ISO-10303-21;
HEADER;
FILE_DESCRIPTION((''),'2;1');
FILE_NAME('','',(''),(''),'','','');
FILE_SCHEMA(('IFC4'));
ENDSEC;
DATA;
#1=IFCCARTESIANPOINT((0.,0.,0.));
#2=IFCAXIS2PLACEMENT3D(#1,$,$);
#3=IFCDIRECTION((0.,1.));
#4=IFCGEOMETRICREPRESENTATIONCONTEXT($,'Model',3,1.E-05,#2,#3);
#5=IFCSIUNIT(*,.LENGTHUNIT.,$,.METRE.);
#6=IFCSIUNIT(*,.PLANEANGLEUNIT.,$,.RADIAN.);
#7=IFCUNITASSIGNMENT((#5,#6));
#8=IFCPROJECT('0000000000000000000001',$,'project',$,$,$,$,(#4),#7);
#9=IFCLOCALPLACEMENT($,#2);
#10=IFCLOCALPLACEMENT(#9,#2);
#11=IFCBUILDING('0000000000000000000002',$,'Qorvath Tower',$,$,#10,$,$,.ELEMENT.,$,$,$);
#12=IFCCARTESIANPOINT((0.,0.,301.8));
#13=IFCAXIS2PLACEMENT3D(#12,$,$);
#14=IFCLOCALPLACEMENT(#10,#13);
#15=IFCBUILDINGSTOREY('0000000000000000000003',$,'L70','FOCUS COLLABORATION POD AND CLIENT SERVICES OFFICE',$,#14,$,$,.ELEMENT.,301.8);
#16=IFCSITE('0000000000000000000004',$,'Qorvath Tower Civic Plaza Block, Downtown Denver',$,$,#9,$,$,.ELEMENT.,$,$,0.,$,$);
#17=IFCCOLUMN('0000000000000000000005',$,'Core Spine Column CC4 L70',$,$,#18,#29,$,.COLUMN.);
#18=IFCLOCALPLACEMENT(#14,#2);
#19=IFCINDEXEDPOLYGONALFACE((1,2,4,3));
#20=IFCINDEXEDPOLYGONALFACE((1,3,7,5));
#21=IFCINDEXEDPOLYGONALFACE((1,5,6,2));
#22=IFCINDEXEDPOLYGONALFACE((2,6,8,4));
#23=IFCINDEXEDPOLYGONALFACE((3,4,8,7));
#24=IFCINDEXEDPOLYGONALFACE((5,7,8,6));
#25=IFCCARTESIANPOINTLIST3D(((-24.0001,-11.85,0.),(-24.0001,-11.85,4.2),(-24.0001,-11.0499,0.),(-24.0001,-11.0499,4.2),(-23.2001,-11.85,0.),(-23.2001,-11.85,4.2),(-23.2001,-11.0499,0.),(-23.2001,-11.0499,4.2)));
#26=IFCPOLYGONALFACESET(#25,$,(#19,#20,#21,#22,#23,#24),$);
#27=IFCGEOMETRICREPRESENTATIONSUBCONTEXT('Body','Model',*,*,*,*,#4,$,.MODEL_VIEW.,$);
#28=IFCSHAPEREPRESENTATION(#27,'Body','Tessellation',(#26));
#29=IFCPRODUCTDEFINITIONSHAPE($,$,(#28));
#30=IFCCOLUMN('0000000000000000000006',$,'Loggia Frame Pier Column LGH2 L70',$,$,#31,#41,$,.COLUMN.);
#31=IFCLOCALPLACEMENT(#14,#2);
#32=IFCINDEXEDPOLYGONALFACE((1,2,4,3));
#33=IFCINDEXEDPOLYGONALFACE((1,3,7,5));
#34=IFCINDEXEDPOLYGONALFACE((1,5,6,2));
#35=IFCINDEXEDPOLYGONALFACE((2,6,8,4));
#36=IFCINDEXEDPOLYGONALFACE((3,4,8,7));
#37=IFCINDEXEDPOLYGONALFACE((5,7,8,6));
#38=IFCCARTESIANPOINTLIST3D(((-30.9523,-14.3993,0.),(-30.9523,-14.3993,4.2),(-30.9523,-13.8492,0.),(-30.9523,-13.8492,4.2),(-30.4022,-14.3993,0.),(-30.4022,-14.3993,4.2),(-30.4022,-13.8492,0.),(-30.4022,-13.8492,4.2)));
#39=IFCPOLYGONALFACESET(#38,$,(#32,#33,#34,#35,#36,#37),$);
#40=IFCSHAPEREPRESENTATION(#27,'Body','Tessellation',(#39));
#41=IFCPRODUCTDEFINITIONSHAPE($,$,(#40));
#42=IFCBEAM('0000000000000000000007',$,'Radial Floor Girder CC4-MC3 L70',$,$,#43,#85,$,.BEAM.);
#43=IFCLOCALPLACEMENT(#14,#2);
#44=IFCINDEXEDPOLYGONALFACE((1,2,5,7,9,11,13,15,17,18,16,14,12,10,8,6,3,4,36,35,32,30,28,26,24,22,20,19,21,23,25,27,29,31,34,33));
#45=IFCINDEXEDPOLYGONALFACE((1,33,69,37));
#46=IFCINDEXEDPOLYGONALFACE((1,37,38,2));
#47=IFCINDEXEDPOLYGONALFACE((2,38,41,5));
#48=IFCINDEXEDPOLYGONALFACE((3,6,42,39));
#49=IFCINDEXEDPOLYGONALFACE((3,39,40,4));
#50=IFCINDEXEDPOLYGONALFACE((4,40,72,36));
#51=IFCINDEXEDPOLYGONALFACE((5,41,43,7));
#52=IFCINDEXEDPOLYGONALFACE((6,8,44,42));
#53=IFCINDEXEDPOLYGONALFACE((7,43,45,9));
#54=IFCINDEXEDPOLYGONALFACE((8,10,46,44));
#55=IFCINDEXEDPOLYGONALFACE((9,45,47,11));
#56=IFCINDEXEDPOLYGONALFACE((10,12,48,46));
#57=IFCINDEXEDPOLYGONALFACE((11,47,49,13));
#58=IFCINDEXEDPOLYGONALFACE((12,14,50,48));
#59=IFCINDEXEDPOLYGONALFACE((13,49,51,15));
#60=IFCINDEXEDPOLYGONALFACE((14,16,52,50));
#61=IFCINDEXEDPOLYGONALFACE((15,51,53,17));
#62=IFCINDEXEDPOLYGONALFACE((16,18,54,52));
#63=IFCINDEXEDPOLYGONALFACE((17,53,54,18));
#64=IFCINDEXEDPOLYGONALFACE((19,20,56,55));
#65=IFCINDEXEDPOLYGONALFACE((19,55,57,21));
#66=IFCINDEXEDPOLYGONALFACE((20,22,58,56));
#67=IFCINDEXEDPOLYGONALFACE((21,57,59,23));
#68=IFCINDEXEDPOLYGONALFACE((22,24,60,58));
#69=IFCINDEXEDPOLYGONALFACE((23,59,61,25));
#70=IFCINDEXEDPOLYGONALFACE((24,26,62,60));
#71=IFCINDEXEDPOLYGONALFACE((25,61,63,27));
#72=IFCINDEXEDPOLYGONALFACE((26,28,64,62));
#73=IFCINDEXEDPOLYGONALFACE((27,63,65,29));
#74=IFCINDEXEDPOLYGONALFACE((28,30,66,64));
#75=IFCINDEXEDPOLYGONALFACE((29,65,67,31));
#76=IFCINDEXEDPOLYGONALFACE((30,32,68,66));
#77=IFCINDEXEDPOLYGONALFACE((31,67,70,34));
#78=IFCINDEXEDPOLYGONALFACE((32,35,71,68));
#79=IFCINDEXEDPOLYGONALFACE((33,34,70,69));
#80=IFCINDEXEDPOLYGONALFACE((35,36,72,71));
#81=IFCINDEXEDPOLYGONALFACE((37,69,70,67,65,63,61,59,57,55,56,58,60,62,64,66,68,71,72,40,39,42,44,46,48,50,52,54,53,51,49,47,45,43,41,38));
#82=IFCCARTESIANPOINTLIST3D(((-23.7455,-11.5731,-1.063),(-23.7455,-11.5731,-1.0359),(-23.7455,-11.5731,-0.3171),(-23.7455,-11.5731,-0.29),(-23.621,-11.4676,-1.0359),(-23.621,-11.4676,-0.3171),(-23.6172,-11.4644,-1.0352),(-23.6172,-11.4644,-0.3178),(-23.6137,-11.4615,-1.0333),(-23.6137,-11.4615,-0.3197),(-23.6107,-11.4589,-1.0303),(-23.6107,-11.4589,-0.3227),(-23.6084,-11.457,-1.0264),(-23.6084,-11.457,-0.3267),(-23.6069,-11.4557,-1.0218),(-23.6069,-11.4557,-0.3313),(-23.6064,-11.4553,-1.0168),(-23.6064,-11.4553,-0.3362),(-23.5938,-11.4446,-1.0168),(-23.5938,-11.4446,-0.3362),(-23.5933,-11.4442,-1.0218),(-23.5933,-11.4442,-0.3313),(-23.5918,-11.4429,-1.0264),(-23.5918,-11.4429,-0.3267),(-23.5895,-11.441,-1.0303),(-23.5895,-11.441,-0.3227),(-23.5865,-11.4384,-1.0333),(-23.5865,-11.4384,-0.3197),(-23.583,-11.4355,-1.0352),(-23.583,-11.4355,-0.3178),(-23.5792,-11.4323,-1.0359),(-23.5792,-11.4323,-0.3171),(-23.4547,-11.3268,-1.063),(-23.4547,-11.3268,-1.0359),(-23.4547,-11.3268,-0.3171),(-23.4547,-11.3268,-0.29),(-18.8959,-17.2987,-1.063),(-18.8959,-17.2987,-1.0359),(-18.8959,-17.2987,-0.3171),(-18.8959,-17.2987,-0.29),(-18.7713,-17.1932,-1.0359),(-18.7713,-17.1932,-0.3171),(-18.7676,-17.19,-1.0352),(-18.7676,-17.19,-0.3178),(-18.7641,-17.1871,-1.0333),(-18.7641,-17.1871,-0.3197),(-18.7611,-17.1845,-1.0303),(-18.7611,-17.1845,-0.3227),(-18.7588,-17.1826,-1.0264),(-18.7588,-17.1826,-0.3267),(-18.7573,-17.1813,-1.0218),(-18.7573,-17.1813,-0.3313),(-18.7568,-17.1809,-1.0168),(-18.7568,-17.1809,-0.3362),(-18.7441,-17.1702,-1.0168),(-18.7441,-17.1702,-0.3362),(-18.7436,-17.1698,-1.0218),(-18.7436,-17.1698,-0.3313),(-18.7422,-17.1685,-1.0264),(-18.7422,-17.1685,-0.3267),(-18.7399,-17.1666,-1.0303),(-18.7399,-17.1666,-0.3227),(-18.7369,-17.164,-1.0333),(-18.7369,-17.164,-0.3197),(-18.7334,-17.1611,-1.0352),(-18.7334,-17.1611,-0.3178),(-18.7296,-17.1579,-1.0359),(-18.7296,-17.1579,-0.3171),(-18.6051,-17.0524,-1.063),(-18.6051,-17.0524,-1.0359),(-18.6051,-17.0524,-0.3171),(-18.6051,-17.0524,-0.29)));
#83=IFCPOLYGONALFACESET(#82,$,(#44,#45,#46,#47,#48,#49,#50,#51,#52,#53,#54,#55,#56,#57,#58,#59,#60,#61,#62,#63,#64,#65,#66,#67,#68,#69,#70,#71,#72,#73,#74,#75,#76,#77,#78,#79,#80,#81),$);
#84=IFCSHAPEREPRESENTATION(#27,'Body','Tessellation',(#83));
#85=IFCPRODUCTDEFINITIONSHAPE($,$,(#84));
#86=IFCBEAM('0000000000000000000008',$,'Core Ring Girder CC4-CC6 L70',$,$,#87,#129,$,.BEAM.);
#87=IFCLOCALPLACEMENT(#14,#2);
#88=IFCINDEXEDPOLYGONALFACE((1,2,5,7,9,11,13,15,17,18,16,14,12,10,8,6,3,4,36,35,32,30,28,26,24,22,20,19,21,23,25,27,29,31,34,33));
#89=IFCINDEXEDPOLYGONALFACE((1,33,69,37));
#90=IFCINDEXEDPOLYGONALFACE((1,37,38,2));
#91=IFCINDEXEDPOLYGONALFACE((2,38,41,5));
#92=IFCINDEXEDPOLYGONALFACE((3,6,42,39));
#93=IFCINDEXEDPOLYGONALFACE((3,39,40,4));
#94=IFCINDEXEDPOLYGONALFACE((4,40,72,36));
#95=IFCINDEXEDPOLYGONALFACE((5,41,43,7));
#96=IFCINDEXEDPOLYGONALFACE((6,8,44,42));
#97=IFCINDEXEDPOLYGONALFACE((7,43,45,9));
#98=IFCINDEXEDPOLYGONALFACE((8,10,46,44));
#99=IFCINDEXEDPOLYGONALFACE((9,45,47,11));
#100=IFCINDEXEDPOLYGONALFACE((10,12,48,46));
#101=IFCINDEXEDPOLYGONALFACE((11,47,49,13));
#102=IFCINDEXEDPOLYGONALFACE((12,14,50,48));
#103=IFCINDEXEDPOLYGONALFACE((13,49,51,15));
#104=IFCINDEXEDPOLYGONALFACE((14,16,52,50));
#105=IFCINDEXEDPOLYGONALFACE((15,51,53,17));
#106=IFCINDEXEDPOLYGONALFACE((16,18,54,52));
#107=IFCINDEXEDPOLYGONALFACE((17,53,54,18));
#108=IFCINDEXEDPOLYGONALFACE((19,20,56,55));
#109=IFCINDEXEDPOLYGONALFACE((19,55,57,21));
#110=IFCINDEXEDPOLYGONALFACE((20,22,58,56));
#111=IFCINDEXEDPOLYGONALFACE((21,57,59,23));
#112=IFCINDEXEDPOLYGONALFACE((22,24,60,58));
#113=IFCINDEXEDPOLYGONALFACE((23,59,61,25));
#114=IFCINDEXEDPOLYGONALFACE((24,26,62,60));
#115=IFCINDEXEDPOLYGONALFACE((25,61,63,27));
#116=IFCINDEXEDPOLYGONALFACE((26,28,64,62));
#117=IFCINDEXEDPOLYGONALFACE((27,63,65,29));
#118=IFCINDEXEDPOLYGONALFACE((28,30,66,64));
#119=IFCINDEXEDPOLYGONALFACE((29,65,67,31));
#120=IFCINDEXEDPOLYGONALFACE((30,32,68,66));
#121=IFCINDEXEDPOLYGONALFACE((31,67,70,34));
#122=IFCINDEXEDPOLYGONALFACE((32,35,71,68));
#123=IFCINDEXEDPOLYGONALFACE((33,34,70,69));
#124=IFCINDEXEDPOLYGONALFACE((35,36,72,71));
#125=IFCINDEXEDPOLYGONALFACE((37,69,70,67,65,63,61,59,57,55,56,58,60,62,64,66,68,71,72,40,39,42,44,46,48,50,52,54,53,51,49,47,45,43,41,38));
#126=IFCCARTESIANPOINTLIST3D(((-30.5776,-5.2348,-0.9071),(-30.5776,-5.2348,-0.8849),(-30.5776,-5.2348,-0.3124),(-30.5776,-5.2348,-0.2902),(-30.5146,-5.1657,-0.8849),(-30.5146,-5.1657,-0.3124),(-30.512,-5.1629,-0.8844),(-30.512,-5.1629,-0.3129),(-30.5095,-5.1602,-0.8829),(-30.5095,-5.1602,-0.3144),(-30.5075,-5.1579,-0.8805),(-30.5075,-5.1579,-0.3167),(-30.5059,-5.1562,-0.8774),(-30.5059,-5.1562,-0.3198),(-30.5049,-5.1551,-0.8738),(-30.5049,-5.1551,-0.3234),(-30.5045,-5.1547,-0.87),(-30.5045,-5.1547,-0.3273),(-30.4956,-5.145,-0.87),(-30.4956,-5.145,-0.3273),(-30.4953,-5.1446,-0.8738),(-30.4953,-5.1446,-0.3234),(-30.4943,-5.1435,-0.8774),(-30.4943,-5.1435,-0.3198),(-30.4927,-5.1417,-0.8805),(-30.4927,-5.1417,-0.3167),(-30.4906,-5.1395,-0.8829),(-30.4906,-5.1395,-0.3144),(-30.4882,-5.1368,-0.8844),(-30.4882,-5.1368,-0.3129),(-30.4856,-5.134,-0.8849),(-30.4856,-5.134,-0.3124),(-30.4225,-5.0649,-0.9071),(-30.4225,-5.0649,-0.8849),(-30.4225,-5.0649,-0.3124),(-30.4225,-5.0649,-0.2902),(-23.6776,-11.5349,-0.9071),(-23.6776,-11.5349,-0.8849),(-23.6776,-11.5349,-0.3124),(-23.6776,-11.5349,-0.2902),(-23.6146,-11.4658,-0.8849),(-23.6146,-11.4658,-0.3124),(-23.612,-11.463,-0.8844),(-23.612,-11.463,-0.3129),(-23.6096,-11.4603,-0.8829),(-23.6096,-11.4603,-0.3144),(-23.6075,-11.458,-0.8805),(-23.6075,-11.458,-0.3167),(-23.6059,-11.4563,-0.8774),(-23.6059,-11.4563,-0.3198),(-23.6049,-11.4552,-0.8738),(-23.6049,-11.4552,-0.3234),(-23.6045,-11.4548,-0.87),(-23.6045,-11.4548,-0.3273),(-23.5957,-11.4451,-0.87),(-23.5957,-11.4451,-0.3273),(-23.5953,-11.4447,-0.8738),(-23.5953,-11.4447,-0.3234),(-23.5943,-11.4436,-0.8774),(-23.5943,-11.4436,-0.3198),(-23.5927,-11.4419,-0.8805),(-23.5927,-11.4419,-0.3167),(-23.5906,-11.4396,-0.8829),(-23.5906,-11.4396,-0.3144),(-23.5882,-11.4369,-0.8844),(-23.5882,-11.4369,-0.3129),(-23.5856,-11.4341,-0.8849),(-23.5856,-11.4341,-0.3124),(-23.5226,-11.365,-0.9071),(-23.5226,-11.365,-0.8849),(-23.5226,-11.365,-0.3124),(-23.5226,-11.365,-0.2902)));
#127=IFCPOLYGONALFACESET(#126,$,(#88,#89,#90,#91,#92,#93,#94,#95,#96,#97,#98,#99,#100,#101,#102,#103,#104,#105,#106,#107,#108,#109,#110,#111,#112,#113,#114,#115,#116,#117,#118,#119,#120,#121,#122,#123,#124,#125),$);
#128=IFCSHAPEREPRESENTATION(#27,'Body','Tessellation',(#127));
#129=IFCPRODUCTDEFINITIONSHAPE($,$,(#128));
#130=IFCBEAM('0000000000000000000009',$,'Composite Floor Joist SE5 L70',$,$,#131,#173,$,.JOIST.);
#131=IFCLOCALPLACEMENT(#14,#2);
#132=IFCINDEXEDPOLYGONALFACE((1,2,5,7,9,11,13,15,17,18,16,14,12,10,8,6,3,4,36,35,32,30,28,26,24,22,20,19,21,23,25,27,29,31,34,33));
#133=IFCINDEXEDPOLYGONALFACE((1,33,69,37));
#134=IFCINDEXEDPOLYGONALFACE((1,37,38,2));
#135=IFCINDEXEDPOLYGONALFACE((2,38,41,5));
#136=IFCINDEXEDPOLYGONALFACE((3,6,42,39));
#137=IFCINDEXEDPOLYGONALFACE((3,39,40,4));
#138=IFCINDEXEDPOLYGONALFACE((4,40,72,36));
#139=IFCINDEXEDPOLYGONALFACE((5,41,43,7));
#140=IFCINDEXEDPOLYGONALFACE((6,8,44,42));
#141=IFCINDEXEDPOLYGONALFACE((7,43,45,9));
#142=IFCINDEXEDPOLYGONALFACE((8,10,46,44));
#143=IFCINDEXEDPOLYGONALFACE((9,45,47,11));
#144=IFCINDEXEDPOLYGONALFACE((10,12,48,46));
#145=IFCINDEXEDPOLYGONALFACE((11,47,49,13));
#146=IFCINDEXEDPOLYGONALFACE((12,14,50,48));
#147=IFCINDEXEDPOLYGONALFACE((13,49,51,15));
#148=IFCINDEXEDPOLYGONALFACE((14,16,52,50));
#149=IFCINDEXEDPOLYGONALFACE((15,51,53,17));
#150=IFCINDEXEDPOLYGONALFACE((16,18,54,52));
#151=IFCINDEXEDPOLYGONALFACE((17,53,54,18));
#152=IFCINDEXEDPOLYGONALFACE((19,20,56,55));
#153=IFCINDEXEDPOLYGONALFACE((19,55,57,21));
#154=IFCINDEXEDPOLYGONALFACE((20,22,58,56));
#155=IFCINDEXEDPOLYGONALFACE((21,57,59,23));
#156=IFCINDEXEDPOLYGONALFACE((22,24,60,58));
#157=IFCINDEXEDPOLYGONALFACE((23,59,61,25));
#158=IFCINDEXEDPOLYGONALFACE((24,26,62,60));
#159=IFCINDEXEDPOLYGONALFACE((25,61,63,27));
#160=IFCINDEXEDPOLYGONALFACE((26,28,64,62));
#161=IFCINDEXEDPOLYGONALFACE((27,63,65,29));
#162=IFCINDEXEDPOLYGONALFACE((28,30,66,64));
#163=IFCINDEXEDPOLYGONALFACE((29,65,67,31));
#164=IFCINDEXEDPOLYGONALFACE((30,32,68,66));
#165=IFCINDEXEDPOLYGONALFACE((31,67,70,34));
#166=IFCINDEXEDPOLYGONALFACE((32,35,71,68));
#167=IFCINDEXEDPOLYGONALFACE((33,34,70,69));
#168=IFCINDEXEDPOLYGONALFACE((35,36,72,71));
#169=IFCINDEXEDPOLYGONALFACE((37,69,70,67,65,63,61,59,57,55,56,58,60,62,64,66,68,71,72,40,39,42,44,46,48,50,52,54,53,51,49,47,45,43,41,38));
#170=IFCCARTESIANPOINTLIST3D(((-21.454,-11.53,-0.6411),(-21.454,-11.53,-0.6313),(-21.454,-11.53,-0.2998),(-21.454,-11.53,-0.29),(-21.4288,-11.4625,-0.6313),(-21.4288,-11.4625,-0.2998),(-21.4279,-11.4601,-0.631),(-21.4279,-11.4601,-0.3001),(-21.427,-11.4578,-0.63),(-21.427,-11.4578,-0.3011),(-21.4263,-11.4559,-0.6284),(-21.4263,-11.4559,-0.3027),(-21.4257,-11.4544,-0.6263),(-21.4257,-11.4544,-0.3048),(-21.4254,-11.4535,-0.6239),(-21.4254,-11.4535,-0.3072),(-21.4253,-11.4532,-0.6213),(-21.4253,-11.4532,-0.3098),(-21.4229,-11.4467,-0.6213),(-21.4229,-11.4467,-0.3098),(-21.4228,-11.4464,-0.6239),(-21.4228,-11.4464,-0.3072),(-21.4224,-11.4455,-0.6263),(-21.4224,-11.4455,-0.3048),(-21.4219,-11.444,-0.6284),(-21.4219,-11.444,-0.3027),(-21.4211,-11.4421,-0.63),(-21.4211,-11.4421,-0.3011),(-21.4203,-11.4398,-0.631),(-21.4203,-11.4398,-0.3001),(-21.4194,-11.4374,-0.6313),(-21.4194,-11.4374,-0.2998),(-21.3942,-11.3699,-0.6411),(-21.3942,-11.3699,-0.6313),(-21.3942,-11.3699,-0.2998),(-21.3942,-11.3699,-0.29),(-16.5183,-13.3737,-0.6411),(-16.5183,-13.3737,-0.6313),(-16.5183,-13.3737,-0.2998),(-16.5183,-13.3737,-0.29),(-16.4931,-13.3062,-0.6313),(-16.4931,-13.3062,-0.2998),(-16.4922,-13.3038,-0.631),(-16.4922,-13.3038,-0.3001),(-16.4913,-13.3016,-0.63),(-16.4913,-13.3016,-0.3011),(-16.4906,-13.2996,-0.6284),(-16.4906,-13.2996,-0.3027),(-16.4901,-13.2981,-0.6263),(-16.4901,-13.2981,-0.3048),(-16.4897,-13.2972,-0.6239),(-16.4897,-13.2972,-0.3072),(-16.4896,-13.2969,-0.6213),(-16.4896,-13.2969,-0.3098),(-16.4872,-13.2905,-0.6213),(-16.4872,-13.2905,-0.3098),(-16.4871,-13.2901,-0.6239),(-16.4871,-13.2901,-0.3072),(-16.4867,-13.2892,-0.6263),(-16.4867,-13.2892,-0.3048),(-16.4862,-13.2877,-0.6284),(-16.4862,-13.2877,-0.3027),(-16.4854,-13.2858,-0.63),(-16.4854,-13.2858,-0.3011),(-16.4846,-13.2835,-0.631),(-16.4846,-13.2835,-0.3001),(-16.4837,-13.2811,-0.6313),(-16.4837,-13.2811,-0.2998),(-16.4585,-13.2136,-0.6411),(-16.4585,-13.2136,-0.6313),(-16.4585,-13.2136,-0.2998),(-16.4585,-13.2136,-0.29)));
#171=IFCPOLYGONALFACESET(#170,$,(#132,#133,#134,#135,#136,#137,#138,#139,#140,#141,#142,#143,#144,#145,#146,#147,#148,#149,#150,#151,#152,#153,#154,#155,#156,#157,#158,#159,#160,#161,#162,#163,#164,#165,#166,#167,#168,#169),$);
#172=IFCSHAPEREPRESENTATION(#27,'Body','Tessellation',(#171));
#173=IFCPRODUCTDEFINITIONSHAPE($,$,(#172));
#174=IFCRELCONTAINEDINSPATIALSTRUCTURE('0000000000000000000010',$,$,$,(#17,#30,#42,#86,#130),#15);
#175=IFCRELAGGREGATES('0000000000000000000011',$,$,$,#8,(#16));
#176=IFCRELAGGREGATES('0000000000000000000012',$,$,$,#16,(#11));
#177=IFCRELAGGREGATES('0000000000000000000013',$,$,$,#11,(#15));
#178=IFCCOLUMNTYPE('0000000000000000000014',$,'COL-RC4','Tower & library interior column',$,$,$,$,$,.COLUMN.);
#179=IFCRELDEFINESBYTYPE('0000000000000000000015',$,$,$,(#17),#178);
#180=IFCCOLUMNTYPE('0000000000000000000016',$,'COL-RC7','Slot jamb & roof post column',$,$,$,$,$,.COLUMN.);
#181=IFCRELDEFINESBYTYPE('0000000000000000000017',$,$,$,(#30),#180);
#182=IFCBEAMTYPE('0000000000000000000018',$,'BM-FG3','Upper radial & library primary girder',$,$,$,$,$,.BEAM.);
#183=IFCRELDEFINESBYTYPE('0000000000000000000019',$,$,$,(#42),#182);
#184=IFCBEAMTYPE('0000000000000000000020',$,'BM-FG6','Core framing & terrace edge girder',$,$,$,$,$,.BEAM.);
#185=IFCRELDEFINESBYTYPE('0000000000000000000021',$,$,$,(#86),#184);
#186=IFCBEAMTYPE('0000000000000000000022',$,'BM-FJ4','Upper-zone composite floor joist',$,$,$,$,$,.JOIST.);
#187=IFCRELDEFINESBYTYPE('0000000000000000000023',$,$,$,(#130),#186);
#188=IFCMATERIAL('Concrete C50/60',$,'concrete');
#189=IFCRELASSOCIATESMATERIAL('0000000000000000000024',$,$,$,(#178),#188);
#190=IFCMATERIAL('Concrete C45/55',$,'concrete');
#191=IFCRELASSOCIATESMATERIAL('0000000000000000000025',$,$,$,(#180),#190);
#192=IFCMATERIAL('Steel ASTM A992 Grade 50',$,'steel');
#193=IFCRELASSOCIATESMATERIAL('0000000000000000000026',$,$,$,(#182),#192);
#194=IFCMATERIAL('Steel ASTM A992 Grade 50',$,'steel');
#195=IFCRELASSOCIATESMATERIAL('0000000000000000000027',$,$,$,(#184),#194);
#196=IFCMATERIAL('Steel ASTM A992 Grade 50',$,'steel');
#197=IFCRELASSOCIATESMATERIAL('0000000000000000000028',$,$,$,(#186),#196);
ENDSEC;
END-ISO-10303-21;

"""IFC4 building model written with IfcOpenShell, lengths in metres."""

from ifc_helpers import new_model, si_unit, direction, frame, origin, origin_2d, place, context, subcontext, project, spatial, rectangle, i_section, extrude, material, material_profile, profile_set, type_object, element, save


model = new_model("IFC4")

# Units and contexts
model_context = context("Model", 3, precision=1e-05, world=origin(), true_north=direction((0.0, 1.0)))
body_context = subcontext(model_context, "Body", "Model", "MODEL_VIEW")
ifc_project = project(units=[si_unit("LENGTHUNIT", "METRE"), si_unit("PLANEANGLEUNIT", "RADIAN")], contexts=[model_context])

# Site, building, storey
site_placement = place(None, origin())
site = spatial("IfcSite", under=ifc_project, at=site_placement, Name="Qorvath Tower Civic Plaza Block, Downtown Denver", CompositionType="ELEMENT", RefElevation=0.0)
building_placement = place(site_placement, origin())
building = spatial("IfcBuilding", under=site, at=building_placement, Name="Qorvath Tower", CompositionType="ELEMENT")
storey_placement = place(building_placement, frame((0.0, 0.0, 301.8)))
storey = spatial("IfcBuildingStorey", under=building, at=storey_placement, Name="L70", Description="FOCUS COLLABORATION POD AND CLIENT SERVICES OFFICE", CompositionType="ELEMENT", Elevation=301.8)

# Columns
ifc_material_1 = material(Name="Concrete C50/60", Category="concrete")
ifc_material_profile_1 = material_profile(ifc_material_1, rectangle(XDim=0.8, YDim=0.8, at=origin_2d()), Name="RC 800x800")
ifc_profile_set_1 = profile_set([ifc_material_profile_1], Name="Concrete C50/60")
column_type_1 = type_object("IfcColumnType", Name="COL-RC4", Description="Tower & library interior column", PredefinedType="COLUMN", material=ifc_profile_set_1)
column_1_placement = place(storey_placement, frame((-23.6001, -11.45, 0.0), z_axis=(0.0, 0.0, 1.0), x_axis=(1.0, 0.0, 0.0)))
element("IfcColumn", 1, at=column_1_placement, inside=storey, type_object=column_type_1, Name="Core Spine Column CC4 L70", PredefinedType="COLUMN", context=body_context, shape_type="SweptSolid", body=[
    extrude(rectangle(XDim=0.8, YDim=0.8, at=origin_2d()), origin(), (0.0, 0.0, 1.0), 4.2),
])
ifc_material_2 = material(Name="Concrete C45/55", Category="concrete")
ifc_material_profile_2 = material_profile(ifc_material_2, rectangle(XDim=0.55, YDim=0.55, at=origin_2d()), Name="RC 550x550")
ifc_profile_set_2 = profile_set([ifc_material_profile_2], Name="Concrete C45/55")
column_type_2 = type_object("IfcColumnType", Name="COL-RC7", Description="Slot jamb & roof post column", PredefinedType="COLUMN", material=ifc_profile_set_2)
column_2_placement = place(storey_placement, frame((-30.6772, -14.1243, 0.0), z_axis=(0.0, 0.0, 1.0), x_axis=(1.0, 0.0, 0.0)))
element("IfcColumn", 2, at=column_2_placement, inside=storey, type_object=column_type_2, Name="Loggia Frame Pier Column LGH2 L70", PredefinedType="COLUMN", context=body_context, shape_type="SweptSolid", body=[
    extrude(rectangle(XDim=0.55, YDim=0.55, at=origin_2d()), origin(), (0.0, 0.0, 1.0), 4.2),
])

# Beams
ifc_material_3 = material(Name="Steel ASTM A992 Grade 50", Category="steel")
ifc_material_profile_3 = material_profile(ifc_material_3, i_section(OverallWidth=0.3811, OverallDepth=0.7729, WebThickness=0.0166, FlangeThickness=0.0271, FilletRadius=0.019, at=origin_2d()), Name="W30x173")
ifc_profile_set_3 = profile_set([ifc_material_profile_3], Name="Steel ASTM A992 Grade 50")
beam_type_1 = type_object("IfcBeamType", Name="BM-FG3", Description="Upper radial & library primary girder", PredefinedType="BEAM", material=ifc_profile_set_3)
beam_1_placement = place(storey_placement, frame((-23.6001, -11.45, -0.6765), z_axis=(0.646321, -0.763065, 0.0), x_axis=(0.763065, 0.646321, 0.0)))
element("IfcBeam", 3, at=beam_1_placement, inside=storey, type_object=beam_type_1, Name="Radial Floor Girder CC4-MC3 L70", PredefinedType="BEAM", context=body_context, shape_type="SweptSolid", body=[
    extrude(i_section(OverallWidth=0.3811, OverallDepth=0.7729, WebThickness=0.0166, FlangeThickness=0.0271, FilletRadius=0.019, at=origin_2d()), origin(), (0.0, 0.0, 1.0), 7.5034),
])
ifc_material_4 = material(Name="Steel ASTM A992 Grade 50", Category="steel")
ifc_material_profile_4 = material_profile(ifc_material_4, i_section(OverallWidth=0.23, OverallDepth=0.6169, WebThickness=0.0132, FlangeThickness=0.0222, FilletRadius=0.0149, at=origin_2d()), Name="W24x94")
ifc_profile_set_4 = profile_set([ifc_material_profile_4], Name="Steel ASTM A992 Grade 50")
beam_type_2 = type_object("IfcBeamType", Name="BM-FG6", Description="Core framing & terrace edge girder", PredefinedType="BEAM", material=ifc_profile_set_4)
beam_2_placement = place(storey_placement, frame((-23.6001, -11.45, -0.5986), z_axis=(-0.738478, 0.674277, 0.0), x_axis=(-0.674277, -0.738478, 0.0)))
element("IfcBeam", 4, at=beam_2_placement, inside=storey, type_object=beam_type_2, Name="Core Ring Girder CC4-CC6 L70", PredefinedType="BEAM", context=body_context, shape_type="SweptSolid", body=[
    extrude(i_section(OverallWidth=0.23, OverallDepth=0.6169, WebThickness=0.0132, FlangeThickness=0.0222, FilletRadius=0.0149, at=origin_2d()), origin(), (0.0, 0.0, 1.0), 9.3435),
])
ifc_material_5 = material(Name="Steel ASTM A992 Grade 50", Category="steel")
ifc_material_profile_5 = material_profile(ifc_material_5, i_section(OverallWidth=0.1709, OverallDepth=0.3511, WebThickness=0.0068, FlangeThickness=0.0098, FilletRadius=0.01, at=origin_2d()), Name="W14x30")
ifc_profile_set_5 = profile_set([ifc_material_profile_5], Name="Steel ASTM A992 Grade 50")
beam_type_3 = type_object("IfcBeamType", Name="BM-FJ4", Description="Upper-zone composite floor joist", PredefinedType="JOIST", material=ifc_profile_set_5)
beam_3_placement = place(storey_placement, frame((-21.4241, -11.45, -0.4656), z_axis=(0.936776, -0.34993, 0.0), x_axis=(0.34993, 0.936776, 0.0)))
element("IfcBeam", 5, at=beam_3_placement, inside=storey, type_object=beam_type_3, Name="Composite Floor Joist SE5 L70", PredefinedType="JOIST", context=body_context, shape_type="SweptSolid", body=[
    extrude(i_section(OverallWidth=0.1709, OverallDepth=0.3511, WebThickness=0.0068, FlangeThickness=0.0098, FilletRadius=0.01, at=origin_2d()), origin(), (0.0, 0.0, 1.0), 5.2688),
])

save(model, "model.ifc")
